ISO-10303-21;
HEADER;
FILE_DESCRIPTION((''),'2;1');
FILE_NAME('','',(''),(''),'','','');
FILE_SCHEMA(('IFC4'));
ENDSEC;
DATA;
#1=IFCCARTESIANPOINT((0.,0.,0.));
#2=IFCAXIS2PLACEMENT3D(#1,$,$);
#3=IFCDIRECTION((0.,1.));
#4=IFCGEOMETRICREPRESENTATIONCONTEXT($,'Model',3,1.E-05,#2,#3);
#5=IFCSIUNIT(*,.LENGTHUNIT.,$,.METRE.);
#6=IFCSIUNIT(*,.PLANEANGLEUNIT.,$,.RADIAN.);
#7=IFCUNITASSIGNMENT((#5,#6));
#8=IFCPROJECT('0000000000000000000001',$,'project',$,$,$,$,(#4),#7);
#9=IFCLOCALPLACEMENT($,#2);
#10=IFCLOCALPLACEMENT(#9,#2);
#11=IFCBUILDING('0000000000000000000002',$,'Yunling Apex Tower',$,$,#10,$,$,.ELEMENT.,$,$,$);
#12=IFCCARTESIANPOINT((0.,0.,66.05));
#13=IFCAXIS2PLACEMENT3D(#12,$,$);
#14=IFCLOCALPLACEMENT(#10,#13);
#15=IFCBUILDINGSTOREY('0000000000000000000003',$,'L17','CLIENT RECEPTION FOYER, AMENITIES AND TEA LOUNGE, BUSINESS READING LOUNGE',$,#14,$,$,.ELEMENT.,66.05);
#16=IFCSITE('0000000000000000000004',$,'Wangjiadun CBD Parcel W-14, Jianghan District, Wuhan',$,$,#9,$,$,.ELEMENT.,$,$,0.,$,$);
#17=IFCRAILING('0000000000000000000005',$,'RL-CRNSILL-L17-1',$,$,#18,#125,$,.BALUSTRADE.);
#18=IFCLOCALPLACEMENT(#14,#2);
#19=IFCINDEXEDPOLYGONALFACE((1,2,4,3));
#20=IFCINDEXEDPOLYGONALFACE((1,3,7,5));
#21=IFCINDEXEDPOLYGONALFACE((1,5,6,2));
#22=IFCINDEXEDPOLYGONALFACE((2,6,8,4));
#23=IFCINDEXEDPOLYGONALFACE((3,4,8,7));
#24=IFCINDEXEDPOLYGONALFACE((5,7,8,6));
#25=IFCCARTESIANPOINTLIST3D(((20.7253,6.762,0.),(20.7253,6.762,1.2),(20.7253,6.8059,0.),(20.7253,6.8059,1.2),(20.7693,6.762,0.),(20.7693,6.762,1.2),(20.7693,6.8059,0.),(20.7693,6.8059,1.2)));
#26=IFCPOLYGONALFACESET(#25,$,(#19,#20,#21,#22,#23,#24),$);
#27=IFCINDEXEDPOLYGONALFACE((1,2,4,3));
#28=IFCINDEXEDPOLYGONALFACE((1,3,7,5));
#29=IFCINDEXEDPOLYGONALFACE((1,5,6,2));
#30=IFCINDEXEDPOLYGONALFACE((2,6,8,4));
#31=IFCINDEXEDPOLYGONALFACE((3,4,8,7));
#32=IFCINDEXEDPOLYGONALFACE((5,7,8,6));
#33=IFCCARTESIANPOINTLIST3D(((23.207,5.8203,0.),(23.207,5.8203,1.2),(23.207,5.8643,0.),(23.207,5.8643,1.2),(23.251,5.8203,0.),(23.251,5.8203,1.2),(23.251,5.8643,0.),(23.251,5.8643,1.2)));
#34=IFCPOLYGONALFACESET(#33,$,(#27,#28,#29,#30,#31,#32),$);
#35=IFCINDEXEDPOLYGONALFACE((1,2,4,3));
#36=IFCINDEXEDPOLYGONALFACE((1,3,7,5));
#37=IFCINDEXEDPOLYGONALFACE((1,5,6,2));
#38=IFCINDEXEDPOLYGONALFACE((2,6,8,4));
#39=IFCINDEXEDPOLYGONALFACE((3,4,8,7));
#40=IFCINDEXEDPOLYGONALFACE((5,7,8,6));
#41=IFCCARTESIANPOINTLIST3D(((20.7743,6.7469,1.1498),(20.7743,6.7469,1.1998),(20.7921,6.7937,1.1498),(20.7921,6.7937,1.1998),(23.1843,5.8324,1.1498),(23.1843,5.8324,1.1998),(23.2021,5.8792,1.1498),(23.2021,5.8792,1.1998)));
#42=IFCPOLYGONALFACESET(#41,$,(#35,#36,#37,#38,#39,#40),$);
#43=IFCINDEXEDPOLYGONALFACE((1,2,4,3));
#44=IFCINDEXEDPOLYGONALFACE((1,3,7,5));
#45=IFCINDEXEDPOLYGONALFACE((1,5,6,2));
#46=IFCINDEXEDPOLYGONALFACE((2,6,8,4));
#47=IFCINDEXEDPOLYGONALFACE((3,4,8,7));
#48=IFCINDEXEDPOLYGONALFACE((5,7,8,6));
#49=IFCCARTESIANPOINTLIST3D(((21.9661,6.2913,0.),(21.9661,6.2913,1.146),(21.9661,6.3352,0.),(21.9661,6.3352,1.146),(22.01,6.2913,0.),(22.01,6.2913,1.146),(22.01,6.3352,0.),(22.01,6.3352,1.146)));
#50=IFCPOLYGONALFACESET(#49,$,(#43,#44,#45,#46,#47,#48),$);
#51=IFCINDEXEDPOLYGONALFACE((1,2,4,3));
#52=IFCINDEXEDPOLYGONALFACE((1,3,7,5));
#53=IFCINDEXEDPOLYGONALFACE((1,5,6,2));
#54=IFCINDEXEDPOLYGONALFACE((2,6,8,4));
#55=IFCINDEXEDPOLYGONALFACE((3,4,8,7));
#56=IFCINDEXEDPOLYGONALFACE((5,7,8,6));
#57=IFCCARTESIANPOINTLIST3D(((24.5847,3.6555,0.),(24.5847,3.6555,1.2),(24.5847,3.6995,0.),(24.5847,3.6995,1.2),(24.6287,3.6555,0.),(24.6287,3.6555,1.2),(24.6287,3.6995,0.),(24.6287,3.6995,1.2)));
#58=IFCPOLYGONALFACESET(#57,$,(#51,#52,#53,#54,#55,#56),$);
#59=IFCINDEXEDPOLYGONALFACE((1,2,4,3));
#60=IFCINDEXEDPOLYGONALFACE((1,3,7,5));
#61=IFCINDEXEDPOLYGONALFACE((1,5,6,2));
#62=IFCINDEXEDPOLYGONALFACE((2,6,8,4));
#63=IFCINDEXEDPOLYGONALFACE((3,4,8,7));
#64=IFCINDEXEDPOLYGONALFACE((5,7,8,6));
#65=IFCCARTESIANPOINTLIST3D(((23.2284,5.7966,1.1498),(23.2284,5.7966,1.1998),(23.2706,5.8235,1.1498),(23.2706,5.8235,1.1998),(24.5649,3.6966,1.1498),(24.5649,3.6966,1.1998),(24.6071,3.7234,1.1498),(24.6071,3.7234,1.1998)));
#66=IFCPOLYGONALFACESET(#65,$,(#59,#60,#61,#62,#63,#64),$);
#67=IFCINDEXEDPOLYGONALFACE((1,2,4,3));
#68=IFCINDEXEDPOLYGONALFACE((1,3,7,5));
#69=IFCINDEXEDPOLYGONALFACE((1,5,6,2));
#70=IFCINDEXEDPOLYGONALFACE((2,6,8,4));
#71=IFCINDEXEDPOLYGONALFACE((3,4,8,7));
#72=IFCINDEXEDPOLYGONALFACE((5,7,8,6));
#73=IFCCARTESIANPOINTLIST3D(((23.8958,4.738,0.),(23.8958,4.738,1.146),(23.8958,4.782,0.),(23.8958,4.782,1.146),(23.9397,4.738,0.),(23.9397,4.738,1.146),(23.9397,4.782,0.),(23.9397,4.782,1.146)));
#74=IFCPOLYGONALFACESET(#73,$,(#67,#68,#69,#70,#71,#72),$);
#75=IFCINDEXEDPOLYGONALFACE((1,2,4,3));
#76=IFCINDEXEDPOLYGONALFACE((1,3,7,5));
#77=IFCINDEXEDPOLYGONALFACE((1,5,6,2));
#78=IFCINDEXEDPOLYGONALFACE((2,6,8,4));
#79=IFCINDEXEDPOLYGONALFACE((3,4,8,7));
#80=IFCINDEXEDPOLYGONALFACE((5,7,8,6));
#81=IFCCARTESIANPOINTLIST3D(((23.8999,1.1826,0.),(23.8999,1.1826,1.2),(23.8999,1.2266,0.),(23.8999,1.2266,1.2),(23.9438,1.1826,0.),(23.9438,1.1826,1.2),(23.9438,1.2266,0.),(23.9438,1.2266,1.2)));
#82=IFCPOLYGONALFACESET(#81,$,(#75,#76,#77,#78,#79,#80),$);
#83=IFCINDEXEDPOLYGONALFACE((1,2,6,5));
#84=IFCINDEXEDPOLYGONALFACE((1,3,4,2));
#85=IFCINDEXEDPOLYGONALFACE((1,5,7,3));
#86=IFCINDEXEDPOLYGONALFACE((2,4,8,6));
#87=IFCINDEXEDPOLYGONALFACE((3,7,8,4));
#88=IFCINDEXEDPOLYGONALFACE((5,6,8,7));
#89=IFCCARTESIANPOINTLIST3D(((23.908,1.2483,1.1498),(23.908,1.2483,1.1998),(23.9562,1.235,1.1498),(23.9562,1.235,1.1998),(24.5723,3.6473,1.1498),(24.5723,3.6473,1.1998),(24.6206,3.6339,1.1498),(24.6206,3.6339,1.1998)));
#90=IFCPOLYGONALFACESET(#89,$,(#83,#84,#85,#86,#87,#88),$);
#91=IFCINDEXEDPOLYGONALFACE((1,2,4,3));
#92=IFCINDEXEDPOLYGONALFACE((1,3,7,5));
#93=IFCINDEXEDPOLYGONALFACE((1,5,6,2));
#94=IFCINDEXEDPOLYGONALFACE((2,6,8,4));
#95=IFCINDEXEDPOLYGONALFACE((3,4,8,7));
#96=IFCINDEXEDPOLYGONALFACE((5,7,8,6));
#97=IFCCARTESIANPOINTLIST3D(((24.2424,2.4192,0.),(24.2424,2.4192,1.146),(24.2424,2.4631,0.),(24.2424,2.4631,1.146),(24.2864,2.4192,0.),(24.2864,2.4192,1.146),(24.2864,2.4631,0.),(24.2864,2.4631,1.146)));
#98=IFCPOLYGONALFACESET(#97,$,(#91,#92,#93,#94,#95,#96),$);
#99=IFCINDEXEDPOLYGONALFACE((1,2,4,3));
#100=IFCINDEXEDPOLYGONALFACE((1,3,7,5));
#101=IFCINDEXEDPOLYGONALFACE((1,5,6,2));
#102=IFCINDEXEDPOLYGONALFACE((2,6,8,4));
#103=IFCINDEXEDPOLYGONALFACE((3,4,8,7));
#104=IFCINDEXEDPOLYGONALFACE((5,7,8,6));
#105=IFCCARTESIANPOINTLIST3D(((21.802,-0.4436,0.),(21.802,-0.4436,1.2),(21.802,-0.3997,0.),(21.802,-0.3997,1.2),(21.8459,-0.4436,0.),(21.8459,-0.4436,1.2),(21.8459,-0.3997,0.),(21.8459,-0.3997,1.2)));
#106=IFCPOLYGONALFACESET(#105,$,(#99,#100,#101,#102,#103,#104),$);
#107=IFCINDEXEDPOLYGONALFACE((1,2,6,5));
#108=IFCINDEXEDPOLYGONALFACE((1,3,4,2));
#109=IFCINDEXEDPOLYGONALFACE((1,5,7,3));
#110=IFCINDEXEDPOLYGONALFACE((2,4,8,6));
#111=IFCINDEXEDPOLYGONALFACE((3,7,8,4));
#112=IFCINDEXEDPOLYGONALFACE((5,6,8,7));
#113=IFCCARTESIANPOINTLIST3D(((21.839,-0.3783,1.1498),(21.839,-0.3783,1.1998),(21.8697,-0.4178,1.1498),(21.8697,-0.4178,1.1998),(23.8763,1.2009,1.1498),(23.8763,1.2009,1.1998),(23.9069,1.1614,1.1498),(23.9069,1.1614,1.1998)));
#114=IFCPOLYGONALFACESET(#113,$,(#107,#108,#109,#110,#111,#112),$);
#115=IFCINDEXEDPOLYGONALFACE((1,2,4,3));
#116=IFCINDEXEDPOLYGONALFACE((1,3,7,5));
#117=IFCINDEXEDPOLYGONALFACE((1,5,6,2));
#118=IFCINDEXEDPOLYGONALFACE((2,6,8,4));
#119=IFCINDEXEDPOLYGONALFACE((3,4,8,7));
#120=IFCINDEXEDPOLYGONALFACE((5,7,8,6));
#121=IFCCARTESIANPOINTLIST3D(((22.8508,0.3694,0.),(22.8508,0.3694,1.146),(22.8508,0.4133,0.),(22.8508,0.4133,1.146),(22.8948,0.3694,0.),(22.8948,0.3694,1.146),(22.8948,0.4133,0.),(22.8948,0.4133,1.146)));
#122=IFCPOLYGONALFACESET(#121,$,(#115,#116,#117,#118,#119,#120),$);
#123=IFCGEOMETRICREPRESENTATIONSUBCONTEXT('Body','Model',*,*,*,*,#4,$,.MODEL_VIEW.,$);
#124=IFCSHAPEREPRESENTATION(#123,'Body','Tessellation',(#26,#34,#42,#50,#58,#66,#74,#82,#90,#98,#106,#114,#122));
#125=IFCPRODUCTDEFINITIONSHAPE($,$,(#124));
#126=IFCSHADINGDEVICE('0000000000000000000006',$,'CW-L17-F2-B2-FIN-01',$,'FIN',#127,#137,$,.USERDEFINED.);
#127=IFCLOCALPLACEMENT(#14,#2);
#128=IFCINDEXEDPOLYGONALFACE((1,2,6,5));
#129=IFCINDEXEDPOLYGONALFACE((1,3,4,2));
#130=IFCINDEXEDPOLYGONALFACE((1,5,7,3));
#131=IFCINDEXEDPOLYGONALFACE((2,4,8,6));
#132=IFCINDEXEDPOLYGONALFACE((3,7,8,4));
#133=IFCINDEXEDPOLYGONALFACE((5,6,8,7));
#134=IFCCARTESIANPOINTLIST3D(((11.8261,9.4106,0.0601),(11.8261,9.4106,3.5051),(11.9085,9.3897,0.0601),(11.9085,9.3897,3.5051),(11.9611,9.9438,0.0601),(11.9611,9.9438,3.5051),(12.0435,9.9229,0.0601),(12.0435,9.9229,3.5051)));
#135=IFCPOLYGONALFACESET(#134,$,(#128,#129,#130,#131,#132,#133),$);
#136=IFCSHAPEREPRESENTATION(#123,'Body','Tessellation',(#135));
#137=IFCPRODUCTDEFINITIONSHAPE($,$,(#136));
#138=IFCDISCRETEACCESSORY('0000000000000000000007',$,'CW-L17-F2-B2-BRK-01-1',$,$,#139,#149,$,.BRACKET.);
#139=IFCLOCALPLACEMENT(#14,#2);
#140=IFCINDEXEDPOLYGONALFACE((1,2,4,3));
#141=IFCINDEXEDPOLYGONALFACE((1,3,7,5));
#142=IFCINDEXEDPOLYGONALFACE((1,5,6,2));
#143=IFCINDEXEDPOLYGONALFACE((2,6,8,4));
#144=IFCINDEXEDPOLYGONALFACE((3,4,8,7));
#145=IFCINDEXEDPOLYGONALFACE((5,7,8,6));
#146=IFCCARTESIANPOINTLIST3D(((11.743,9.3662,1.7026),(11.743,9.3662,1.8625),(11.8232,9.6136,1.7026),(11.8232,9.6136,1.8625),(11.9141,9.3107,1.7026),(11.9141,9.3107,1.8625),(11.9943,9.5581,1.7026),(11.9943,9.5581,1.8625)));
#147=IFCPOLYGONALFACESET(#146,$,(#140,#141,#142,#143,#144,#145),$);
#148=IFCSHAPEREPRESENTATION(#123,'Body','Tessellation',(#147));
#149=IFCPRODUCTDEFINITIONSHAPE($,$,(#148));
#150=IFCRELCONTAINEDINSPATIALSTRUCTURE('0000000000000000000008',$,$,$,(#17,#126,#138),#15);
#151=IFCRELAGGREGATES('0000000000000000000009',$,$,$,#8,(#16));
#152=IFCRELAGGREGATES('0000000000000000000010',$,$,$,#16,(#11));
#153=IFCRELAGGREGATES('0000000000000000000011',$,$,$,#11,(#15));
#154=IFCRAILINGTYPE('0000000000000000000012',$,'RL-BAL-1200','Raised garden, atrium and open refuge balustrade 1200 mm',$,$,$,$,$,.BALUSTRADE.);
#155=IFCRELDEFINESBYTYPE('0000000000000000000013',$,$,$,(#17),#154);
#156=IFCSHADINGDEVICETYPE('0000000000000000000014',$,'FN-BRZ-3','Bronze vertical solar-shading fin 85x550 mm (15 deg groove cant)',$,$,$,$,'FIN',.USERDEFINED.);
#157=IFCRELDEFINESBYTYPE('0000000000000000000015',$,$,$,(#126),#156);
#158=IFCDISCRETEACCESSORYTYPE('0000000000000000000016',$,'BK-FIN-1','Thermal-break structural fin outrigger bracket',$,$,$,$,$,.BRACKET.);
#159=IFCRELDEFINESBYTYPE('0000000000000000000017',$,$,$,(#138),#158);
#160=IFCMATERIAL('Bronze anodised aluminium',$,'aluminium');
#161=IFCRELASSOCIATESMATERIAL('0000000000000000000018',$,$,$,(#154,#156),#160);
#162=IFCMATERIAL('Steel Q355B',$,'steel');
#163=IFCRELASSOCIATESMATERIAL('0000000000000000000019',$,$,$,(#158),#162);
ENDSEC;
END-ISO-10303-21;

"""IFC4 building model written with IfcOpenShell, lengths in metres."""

from ifc_helpers import new_model, si_unit, direction, frame, origin, origin_2d, place, context, subcontext, project, spatial, rectangle, extrude, source, transform, mapped, material, material_profile, profile_set, type_object, element, save


model = new_model("IFC4")

# Units and contexts
model_context = context("Model", 3, precision=1e-05, world=origin(), true_north=direction((0.0, 1.0)))
body_context = subcontext(model_context, "Body", "Model", "MODEL_VIEW")
ifc_project = project(units=[si_unit("LENGTHUNIT", "METRE"), si_unit("PLANEANGLEUNIT", "RADIAN")], contexts=[model_context])

# Site, building, storey
site_placement = place(None, origin())
site = spatial("IfcSite", under=ifc_project, at=site_placement, Name="Wangjiadun CBD Parcel W-14, Jianghan District, Wuhan", CompositionType="ELEMENT", RefElevation=0.0)
building_placement = place(site_placement, origin())
building = spatial("IfcBuilding", under=site, at=building_placement, Name="Yunling Apex Tower", CompositionType="ELEMENT")
storey_placement = place(building_placement, frame((0.0, 0.0, 66.05)))
storey = spatial("IfcBuildingStorey", under=building, at=storey_placement, Name="L17", Description="CLIENT RECEPTION FOYER, AMENITIES AND TEA LOUNGE, BUSINESS READING LOUNGE", CompositionType="ELEMENT", Elevation=66.05)

# Shared definitions
ifc_material_1 = material(Name="Steel Q355B", Category="steel")

# Shared definitions
ifc_material_2 = material(Name="Bronze anodised aluminium", Category="aluminium")

# Railing
railing_type = type_object("IfcRailingType", Name="RL-BAL-1200", Description="Raised garden, atrium and open refuge balustrade 1200 mm", PredefinedType="BALUSTRADE", material=ifc_material_2)
railing_placement = place(storey_placement, frame((20.7473, 6.7839, 0.0)))
element("IfcRailing", 1, at=railing_placement, inside=storey, type_object=railing_type, Name="RL-CRNSILL-L17-1", PredefinedType="BALUSTRADE", context=body_context, shape_type="SweptSolid", body=[
    extrude(rectangle(XDim=0.0439, YDim=0.0439, at=origin_2d()), origin(), (0.0, 0.0, 1.0), 1.2),
    extrude(rectangle(XDim=0.0439, YDim=0.0439, at=origin_2d()), frame((2.4817, -0.9417, 0.0)), (0.0, 0.0, 1.0), 1.2),
    extrude(rectangle(XDim=0.05, YDim=0.05, at=origin_2d()), frame((0.0359, -0.0137, 1.1748), z_axis=(0.934958, -0.35476, 0.0), x_axis=(0.35476, 0.934958, 0.0)), (0.0, 0.0, 1.0), 2.5776),
    extrude(rectangle(XDim=0.0439, YDim=0.0439, at=origin_2d()), frame((1.2407, -0.4707, 0.0)), (0.0, 0.0, 1.0), 1.146),
    extrude(rectangle(XDim=0.0439, YDim=0.0439, at=origin_2d()), frame((3.8594, -3.1064, 0.0)), (0.0, 0.0, 1.0), 1.2),
    extrude(rectangle(XDim=0.05, YDim=0.05, at=origin_2d()), frame((2.5022, -0.9739, 1.1748), z_axis=(0.5369, -0.843646, 0.0), x_axis=(0.843646, 0.5369, 0.0)), (0.0, 0.0, 1.0), 2.4893),
    extrude(rectangle(XDim=0.0439, YDim=0.0439, at=origin_2d()), frame((3.1704, -2.0239, 0.0)), (0.0, 0.0, 1.0), 1.146),
    extrude(rectangle(XDim=0.0439, YDim=0.0439, at=origin_2d()), frame((3.1746, -5.5793, 0.0)), (0.0, 0.0, 1.0), 1.2),
    extrude(rectangle(XDim=0.05, YDim=0.05, at=origin_2d()), frame((3.8491, -3.1433, 1.1748), z_axis=(-0.266883, -0.963729, 0.0), x_axis=(0.963729, -0.266883, 0.0)), (0.0, 0.0, 1.0), 2.4893),
    extrude(rectangle(XDim=0.0439, YDim=0.0439, at=origin_2d()), frame((3.5171, -4.3428, 0.0)), (0.0, 0.0, 1.0), 1.146),
    extrude(rectangle(XDim=0.0439, YDim=0.0439, at=origin_2d()), frame((1.0767, -7.2056, 0.0)), (0.0, 0.0, 1.0), 1.2),
    extrude(rectangle(XDim=0.05, YDim=0.05, at=origin_2d()), frame((3.1443, -5.6028, 1.1748), z_axis=(-0.790352, -0.612654, 0.0), x_axis=(0.612654, -0.790352, 0.0)), (0.0, 0.0, 1.0), 2.5776),
    extrude(rectangle(XDim=0.0439, YDim=0.0439, at=origin_2d()), frame((2.1255, -6.3926, 0.0)), (0.0, 0.0, 1.0), 1.146),
])

# Shading device
ifc_material_profile_1 = material_profile(ifc_material_2, rectangle(XDim=0.085, YDim=0.55, at=origin_2d()))
ifc_profile_set_1 = profile_set([ifc_material_profile_1], Name="Bronze anodised aluminium")
shading_device_type = type_object("IfcShadingDeviceType", Name="FN-BRZ-3", Description="Bronze vertical solar-shading fin 85x550 mm (15 deg groove cant)", ElementType="FIN", PredefinedType="USERDEFINED", material=ifc_profile_set_1)
shared_shape_1 = source(origin(), body_context, "Body", "SweptSolid", [
    extrude(rectangle(XDim=0.085, YDim=0.55, at=origin_2d()), origin(), (0.0, 0.0, 1.0), 3.4451),
])
shading_device_placement = place(storey_placement, frame((11.9348, 9.6667, 0.0601), z_axis=(0.0, 0.0, 1.0), x_axis=(-0.969403, 0.245477, 0.0)))
element("IfcShadingDevice", 2, at=shading_device_placement, inside=storey, type_object=shading_device_type, Name="CW-L17-F2-B2-FIN-01", ObjectType="FIN", PredefinedType="USERDEFINED", context=body_context, shape_type="MappedRepresentation", body=[
    mapped(shared_shape_1, transform((0.0, 0.0, 0.0), scale=1.0)),
])

# Discrete accessory
discrete_accessory_type = type_object("IfcDiscreteAccessoryType", Name="BK-FIN-1", Description="Thermal-break structural fin outrigger bracket", PredefinedType="BRACKET", material=ifc_material_1)
shared_shape_2 = source(origin(), body_context, "Body", "SweptSolid", [
    extrude(rectangle(XDim=0.1799, YDim=0.26, at=origin_2d()), origin(), (0.0, 0.0, 1.0), 0.1599),
])
discrete_accessory_placement = place(storey_placement, frame((11.8687, 9.4622, 1.7026), z_axis=(0.0, 0.0, 1.0), x_axis=(-0.951272, 0.308353, 0.0)))
element("IfcDiscreteAccessory", 3, at=discrete_accessory_placement, inside=storey, type_object=discrete_accessory_type, Name="CW-L17-F2-B2-BRK-01-1", PredefinedType="BRACKET", context=body_context, shape_type="MappedRepresentation", body=[
    mapped(shared_shape_2, transform((0.0, 0.0, 0.0), scale=1.0)),
])

save(model, "model.ifc")
